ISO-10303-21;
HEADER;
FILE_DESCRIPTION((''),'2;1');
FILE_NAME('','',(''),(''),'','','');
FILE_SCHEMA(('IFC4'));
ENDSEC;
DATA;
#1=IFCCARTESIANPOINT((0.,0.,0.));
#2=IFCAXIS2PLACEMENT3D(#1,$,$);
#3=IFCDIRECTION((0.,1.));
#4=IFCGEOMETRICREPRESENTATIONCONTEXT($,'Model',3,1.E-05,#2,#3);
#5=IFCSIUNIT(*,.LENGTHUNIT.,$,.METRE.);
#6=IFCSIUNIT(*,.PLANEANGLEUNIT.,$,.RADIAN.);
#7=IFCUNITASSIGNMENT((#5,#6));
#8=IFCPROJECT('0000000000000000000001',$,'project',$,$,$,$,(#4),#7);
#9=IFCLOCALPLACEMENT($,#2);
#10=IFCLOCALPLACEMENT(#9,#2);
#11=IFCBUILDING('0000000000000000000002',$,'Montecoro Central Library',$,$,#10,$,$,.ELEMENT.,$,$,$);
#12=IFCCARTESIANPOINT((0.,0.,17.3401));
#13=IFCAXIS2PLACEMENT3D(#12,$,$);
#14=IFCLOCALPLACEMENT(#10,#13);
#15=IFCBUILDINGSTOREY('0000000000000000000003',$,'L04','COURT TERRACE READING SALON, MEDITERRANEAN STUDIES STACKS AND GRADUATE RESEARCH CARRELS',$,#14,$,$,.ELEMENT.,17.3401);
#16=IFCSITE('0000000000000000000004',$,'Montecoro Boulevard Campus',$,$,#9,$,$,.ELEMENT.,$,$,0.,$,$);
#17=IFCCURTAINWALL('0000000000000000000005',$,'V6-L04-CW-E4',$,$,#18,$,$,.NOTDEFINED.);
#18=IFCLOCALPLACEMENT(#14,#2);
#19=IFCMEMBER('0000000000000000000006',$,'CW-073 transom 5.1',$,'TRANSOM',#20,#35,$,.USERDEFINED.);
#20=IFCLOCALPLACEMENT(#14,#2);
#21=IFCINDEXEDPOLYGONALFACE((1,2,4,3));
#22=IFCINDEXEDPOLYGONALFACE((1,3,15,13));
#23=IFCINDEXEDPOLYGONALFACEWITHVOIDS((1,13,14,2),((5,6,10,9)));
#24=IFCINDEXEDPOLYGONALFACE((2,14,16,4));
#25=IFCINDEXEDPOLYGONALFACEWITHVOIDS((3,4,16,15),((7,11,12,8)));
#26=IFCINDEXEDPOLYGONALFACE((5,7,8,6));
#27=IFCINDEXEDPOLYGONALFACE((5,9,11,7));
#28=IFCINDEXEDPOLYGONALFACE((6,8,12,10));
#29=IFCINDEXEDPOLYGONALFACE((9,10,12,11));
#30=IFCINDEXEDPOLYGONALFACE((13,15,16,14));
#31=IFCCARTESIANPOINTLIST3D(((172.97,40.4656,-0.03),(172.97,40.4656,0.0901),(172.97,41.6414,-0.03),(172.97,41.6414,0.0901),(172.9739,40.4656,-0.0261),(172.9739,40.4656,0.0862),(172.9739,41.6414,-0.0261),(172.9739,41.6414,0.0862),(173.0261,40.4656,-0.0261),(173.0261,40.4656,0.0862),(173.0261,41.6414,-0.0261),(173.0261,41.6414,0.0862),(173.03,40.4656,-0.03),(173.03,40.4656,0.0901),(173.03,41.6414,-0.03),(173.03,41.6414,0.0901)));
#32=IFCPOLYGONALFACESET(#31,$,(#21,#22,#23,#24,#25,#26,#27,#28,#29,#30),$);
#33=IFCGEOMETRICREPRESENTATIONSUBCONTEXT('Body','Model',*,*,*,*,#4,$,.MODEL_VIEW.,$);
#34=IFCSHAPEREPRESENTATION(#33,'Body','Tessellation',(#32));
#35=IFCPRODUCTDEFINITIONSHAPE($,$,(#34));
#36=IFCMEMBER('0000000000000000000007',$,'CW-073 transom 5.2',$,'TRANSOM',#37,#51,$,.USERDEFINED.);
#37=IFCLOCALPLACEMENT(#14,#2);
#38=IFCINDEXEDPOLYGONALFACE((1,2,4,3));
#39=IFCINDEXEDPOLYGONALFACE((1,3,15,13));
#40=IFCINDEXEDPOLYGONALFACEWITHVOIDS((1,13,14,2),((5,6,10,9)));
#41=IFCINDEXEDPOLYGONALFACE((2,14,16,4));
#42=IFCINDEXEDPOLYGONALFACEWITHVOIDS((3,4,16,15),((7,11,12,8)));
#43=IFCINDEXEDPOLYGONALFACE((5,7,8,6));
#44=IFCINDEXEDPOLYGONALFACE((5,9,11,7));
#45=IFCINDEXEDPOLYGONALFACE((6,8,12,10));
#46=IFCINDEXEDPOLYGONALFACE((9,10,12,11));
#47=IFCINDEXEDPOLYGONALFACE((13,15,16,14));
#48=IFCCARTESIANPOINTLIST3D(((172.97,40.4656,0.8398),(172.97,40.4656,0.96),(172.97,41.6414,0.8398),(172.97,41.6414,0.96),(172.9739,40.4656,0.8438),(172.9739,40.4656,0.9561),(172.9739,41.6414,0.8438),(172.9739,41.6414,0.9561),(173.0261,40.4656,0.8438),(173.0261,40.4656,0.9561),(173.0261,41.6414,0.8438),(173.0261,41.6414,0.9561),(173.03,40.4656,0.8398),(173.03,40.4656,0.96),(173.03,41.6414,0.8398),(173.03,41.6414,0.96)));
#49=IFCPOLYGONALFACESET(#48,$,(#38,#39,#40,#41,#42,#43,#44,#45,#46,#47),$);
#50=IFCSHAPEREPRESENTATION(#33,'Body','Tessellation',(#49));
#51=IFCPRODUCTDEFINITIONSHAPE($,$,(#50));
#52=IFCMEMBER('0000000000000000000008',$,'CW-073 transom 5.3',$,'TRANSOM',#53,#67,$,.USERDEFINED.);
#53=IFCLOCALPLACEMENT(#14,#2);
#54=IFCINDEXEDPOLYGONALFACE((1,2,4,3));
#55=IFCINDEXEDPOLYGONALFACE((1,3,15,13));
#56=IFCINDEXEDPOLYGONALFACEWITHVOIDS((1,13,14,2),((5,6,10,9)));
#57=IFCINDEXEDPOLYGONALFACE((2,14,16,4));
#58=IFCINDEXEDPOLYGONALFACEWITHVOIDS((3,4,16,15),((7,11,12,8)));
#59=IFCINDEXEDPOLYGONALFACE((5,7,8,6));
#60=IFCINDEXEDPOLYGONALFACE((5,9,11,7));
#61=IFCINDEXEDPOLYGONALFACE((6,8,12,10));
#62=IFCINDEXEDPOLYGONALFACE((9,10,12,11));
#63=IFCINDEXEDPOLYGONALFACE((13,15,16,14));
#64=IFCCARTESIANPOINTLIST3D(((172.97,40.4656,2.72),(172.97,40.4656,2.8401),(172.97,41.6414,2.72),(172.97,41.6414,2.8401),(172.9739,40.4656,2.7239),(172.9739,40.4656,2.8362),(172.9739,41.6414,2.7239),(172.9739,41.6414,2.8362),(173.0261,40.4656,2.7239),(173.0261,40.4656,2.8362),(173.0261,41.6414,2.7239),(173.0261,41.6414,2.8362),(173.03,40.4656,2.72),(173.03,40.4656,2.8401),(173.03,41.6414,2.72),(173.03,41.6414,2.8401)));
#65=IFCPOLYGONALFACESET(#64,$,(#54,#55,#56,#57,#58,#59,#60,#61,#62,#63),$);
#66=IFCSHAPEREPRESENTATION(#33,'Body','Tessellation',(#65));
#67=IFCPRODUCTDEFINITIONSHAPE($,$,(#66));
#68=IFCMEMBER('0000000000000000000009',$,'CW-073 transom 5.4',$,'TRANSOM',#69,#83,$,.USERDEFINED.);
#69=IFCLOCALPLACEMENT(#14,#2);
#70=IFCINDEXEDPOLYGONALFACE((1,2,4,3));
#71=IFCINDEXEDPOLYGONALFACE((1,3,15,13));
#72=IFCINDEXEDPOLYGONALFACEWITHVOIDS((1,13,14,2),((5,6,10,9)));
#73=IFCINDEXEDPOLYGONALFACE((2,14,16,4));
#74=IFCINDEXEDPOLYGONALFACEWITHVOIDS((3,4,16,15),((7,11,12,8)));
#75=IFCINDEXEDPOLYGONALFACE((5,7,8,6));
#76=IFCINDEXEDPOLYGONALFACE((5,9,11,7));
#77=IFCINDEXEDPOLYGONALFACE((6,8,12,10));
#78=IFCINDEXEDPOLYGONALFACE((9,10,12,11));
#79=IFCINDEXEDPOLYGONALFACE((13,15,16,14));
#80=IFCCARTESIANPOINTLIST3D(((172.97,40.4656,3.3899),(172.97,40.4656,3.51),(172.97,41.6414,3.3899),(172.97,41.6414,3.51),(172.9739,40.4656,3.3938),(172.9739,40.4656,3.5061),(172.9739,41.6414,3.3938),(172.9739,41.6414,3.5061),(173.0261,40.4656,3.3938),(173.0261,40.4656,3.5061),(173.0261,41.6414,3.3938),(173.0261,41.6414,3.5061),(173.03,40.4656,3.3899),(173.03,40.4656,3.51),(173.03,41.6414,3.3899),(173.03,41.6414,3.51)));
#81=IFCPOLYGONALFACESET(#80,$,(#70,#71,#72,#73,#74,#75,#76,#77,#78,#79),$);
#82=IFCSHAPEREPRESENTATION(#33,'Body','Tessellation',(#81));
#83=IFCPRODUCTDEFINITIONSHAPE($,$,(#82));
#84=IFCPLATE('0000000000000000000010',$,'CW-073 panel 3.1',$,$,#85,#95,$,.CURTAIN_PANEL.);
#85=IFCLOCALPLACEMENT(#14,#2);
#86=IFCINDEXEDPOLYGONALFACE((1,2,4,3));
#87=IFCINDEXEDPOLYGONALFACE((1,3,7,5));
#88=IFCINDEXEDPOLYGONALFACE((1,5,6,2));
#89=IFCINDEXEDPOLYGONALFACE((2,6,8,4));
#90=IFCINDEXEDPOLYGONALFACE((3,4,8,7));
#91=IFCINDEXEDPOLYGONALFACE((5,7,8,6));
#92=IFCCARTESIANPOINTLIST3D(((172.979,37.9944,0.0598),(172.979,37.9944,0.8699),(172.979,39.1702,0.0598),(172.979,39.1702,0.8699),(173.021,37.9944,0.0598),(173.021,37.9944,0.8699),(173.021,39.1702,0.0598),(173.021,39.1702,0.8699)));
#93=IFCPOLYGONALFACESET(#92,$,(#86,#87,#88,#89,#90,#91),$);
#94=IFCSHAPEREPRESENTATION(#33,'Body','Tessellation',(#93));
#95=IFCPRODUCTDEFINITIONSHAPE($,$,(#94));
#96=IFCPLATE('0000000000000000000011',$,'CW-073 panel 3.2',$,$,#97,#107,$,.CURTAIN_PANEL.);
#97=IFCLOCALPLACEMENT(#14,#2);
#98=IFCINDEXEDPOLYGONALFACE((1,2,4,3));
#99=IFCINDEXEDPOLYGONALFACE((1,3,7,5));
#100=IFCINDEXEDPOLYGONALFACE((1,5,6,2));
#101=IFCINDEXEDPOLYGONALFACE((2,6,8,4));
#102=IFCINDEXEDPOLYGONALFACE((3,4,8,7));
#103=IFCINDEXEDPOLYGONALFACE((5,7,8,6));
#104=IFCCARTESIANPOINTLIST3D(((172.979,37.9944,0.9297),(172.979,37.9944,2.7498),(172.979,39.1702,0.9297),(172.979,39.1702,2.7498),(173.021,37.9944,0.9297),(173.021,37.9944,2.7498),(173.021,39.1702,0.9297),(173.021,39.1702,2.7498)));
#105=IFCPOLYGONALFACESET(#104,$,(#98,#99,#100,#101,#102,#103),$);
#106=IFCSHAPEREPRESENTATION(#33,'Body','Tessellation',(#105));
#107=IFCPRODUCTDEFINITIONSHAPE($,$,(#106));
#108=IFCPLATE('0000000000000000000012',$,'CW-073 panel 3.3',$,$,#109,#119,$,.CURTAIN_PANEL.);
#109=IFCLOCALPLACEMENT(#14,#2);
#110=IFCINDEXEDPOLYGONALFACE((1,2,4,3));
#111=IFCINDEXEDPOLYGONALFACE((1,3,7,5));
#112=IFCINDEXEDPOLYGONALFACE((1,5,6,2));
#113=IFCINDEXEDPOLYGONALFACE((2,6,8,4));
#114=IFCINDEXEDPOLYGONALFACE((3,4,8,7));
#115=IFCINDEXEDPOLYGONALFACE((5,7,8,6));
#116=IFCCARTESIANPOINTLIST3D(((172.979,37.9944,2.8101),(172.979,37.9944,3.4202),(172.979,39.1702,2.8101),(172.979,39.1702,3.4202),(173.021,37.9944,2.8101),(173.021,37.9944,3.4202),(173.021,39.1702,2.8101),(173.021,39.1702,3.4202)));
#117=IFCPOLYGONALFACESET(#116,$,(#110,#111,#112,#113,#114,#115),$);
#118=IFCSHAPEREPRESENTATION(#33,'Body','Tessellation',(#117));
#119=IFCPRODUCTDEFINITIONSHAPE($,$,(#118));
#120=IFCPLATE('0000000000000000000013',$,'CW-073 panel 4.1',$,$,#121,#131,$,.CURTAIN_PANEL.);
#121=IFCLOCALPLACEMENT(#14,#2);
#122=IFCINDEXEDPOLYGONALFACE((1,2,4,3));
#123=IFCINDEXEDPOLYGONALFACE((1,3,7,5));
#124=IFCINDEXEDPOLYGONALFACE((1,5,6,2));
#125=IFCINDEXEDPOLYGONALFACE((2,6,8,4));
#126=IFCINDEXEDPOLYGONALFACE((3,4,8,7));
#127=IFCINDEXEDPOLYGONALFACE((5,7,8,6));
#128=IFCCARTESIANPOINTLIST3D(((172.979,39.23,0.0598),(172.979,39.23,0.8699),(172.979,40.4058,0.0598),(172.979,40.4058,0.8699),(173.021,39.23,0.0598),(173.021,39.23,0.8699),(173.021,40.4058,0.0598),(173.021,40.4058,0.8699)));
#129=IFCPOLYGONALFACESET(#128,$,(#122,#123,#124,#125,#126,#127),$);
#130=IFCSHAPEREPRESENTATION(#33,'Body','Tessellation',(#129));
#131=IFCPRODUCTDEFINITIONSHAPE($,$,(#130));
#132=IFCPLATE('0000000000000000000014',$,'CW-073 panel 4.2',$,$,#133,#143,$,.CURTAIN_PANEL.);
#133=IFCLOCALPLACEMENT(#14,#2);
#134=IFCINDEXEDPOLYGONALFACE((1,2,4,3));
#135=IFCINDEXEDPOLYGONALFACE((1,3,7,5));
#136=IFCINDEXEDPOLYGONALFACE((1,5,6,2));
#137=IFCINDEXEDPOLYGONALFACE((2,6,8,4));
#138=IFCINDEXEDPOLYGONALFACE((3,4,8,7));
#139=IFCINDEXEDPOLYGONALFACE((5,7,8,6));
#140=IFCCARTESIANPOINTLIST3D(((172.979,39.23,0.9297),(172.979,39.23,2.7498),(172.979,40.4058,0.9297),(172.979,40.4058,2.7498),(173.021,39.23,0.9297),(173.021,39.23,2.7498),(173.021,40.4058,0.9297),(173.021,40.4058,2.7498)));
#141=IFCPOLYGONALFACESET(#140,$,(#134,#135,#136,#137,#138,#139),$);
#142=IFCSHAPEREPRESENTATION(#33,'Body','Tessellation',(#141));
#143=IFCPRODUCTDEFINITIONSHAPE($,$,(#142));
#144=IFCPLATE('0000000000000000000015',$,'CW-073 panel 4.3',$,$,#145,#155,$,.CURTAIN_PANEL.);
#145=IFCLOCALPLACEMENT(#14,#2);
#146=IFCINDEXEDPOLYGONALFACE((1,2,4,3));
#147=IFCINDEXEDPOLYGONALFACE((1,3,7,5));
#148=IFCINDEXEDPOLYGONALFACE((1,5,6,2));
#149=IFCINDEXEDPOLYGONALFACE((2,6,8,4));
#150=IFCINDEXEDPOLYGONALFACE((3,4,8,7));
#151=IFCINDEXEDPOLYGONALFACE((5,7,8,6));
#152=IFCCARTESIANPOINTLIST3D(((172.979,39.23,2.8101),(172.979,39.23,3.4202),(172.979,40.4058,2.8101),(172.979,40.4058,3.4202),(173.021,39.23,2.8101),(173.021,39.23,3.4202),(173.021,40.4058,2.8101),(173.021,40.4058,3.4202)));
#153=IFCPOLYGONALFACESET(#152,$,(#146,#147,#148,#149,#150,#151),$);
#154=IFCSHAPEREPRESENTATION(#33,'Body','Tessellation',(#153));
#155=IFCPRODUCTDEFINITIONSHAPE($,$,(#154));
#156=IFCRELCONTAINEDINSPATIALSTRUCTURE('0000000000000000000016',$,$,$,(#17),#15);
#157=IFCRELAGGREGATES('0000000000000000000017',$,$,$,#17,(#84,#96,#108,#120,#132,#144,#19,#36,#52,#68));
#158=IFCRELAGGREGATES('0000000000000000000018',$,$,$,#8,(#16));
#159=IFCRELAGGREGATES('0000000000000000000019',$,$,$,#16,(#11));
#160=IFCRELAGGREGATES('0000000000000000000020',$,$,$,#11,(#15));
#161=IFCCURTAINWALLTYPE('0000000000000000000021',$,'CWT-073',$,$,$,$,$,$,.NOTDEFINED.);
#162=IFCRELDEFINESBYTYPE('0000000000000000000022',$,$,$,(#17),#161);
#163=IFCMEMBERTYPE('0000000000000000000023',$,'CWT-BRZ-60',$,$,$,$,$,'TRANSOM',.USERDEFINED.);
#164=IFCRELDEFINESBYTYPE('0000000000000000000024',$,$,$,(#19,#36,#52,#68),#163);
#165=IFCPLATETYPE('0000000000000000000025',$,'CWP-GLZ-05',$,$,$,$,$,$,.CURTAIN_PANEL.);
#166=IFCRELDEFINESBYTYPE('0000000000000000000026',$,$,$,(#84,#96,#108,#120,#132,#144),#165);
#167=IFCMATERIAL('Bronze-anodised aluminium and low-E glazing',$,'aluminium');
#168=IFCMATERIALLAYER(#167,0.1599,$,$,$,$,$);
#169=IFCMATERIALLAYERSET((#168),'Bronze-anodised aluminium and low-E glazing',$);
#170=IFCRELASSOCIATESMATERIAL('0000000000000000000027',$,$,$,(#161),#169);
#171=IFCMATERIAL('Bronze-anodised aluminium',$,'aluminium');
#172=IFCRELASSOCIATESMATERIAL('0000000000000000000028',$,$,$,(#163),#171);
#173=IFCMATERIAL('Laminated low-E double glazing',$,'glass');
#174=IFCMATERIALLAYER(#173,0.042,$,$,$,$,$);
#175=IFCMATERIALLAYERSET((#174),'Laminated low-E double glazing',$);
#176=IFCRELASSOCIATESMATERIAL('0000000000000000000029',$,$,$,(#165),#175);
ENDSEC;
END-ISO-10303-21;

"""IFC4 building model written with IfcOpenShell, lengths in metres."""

from ifc_helpers import new_model, si_unit, direction, frame, origin, origin_2d, place, context, subcontext, project, spatial, rectangle, hollow_rectangle, extrude, material, layer, layer_set, material_profile, profile_set, type_object, element, aggregate, save


model = new_model("IFC4")

# Units and contexts
model_context = context("Model", 3, precision=1e-05, world=origin(), true_north=direction((0.0, 1.0)))
body_context = subcontext(model_context, "Body", "Model", "MODEL_VIEW")
ifc_project = project(units=[si_unit("LENGTHUNIT", "METRE"), si_unit("PLANEANGLEUNIT", "RADIAN")], contexts=[model_context])

# Site, building, storey
site_placement = place(None, origin())
site = spatial("IfcSite", under=ifc_project, at=site_placement, Name="Montecoro Boulevard Campus", CompositionType="ELEMENT", RefElevation=0.0)
building_placement = place(site_placement, origin())
building = spatial("IfcBuilding", under=site, at=building_placement, Name="Montecoro Central Library", CompositionType="ELEMENT")
storey_placement = place(building_placement, frame((0.0, 0.0, 17.3401)))
storey = spatial("IfcBuildingStorey", under=building, at=storey_placement, Name="L04", Description="COURT TERRACE READING SALON, MEDITERRANEAN STUDIES STACKS AND GRADUATE RESEARCH CARRELS", CompositionType="ELEMENT", Elevation=17.3401)

# Curtain wall, members, plates
ifc_material_1 = material(Name="Bronze-anodised aluminium and low-E glazing", Category="aluminium")
ifc_layer_1 = layer(ifc_material_1, 0.1599)
ifc_layer_set_1 = layer_set([ifc_layer_1], Name="Bronze-anodised aluminium and low-E glazing")
curtain_wall_type = type_object("IfcCurtainWallType", Name="CWT-073", PredefinedType="NOTDEFINED", material=ifc_layer_set_1)
curtain_wall_placement = place(storey_placement, origin())
curtain_wall = element("IfcCurtainWall", 1, at=curtain_wall_placement, inside=storey, type_object=curtain_wall_type, Name="V6-L04-CW-E4", PredefinedType="NOTDEFINED")
ifc_material_2 = material(Name="Bronze-anodised aluminium", Category="aluminium")
ifc_material_profile_1 = material_profile(ifc_material_2, hollow_rectangle(XDim=0.0601, YDim=0.1201, WallThickness=0.0039, at=origin_2d()), Name="CWT 120x60x4.0")
ifc_profile_set_1 = profile_set([ifc_material_profile_1], Name="Bronze-anodised aluminium")
member_type_1 = type_object("IfcMemberType", Name="CWT-BRZ-60", ElementType="TRANSOM", PredefinedType="USERDEFINED", material=ifc_profile_set_1)
member_1_placement = place(storey_placement, frame((173.0, 40.4656, 0.03), z_axis=(0.0, 1.0, 0.0), x_axis=(-1.0, 0.0, 0.0)))
member_1 = element("IfcMember", 2, at=member_1_placement, type_object=member_type_1, Name="CW-073 transom 5.1", ObjectType="TRANSOM", PredefinedType="USERDEFINED", context=body_context, shape_type="SweptSolid", body=[
    extrude(hollow_rectangle(XDim=0.0601, YDim=0.1201, WallThickness=0.0039, at=origin_2d()), origin(), (0.0, 0.0, 1.0), 1.1758),
])
member_2_placement = place(storey_placement, frame((173.0, 40.4656, 0.8999), z_axis=(0.0, 1.0, 0.0), x_axis=(-1.0, 0.0, 0.0)))
member_2 = element("IfcMember", 3, at=member_2_placement, type_object=member_type_1, Name="CW-073 transom 5.2", ObjectType="TRANSOM", PredefinedType="USERDEFINED", context=body_context, shape_type="SweptSolid", body=[
    extrude(hollow_rectangle(XDim=0.0601, YDim=0.1201, WallThickness=0.0039, at=origin_2d()), origin(), (0.0, 0.0, 1.0), 1.1758),
])
member_3_placement = place(storey_placement, frame((173.0, 40.4656, 2.78), z_axis=(0.0, 1.0, 0.0), x_axis=(-1.0, 0.0, 0.0)))
member_3 = element("IfcMember", 4, at=member_3_placement, type_object=member_type_1, Name="CW-073 transom 5.3", ObjectType="TRANSOM", PredefinedType="USERDEFINED", context=body_context, shape_type="SweptSolid", body=[
    extrude(hollow_rectangle(XDim=0.0601, YDim=0.1201, WallThickness=0.0039, at=origin_2d()), origin(), (0.0, 0.0, 1.0), 1.1758),
])
member_4_placement = place(storey_placement, frame((173.0, 40.4656, 3.45), z_axis=(0.0, 1.0, 0.0), x_axis=(-1.0, 0.0, 0.0)))
member_4 = element("IfcMember", 5, at=member_4_placement, type_object=member_type_1, Name="CW-073 transom 5.4", ObjectType="TRANSOM", PredefinedType="USERDEFINED", context=body_context, shape_type="SweptSolid", body=[
    extrude(hollow_rectangle(XDim=0.0601, YDim=0.1201, WallThickness=0.0039, at=origin_2d()), origin(), (0.0, 0.0, 1.0), 1.1758),
])
ifc_material_3 = material(Name="Laminated low-E double glazing", Category="glass")
ifc_layer_2 = layer(ifc_material_3, 0.042)
ifc_layer_set_2 = layer_set([ifc_layer_2], Name="Laminated low-E double glazing")
plate_type = type_object("IfcPlateType", Name="CWP-GLZ-05", PredefinedType="CURTAIN_PANEL", material=ifc_layer_set_2)
plate_1_placement = place(storey_placement, frame((173.0, 38.5823, 0.0598), z_axis=(0.0, 0.0, 1.0), x_axis=(0.0, 1.0, 0.0)))
plate_1 = element("IfcPlate", 6, at=plate_1_placement, type_object=plate_type, Name="CW-073 panel 3.1", PredefinedType="CURTAIN_PANEL", context=body_context, shape_type="SweptSolid", body=[
    extrude(rectangle(XDim=1.1758, YDim=0.042, at=origin_2d()), origin(), (0.0, 0.0, 1.0), 0.8101),
])
plate_2_placement = place(storey_placement, frame((173.0, 38.5823, 0.9297), z_axis=(0.0, 0.0, 1.0), x_axis=(0.0, 1.0, 0.0)))
plate_2 = element("IfcPlate", 7, at=plate_2_placement, type_object=plate_type, Name="CW-073 panel 3.2", PredefinedType="CURTAIN_PANEL", context=body_context, shape_type="SweptSolid", body=[
    extrude(rectangle(XDim=1.1758, YDim=0.042, at=origin_2d()), origin(), (0.0, 0.0, 1.0), 1.8201),
])
plate_3_placement = place(storey_placement, frame((173.0, 38.5823, 2.8101), z_axis=(0.0, 0.0, 1.0), x_axis=(0.0, 1.0, 0.0)))
plate_3 = element("IfcPlate", 8, at=plate_3_placement, type_object=plate_type, Name="CW-073 panel 3.3", PredefinedType="CURTAIN_PANEL", context=body_context, shape_type="SweptSolid", body=[
    extrude(rectangle(XDim=1.1758, YDim=0.042, at=origin_2d()), origin(), (0.0, 0.0, 1.0), 0.6101),
])
plate_4_placement = place(storey_placement, frame((173.0, 39.8179, 0.0598), z_axis=(0.0, 0.0, 1.0), x_axis=(0.0, 1.0, 0.0)))
plate_4 = element("IfcPlate", 9, at=plate_4_placement, type_object=plate_type, Name="CW-073 panel 4.1", PredefinedType="CURTAIN_PANEL", context=body_context, shape_type="SweptSolid", body=[
    extrude(rectangle(XDim=1.1758, YDim=0.042, at=origin_2d()), origin(), (0.0, 0.0, 1.0), 0.8101),
])
plate_5_placement = place(storey_placement, frame((173.0, 39.8179, 0.9297), z_axis=(0.0, 0.0, 1.0), x_axis=(0.0, 1.0, 0.0)))
plate_5 = element("IfcPlate", 10, at=plate_5_placement, type_object=plate_type, Name="CW-073 panel 4.2", PredefinedType="CURTAIN_PANEL", context=body_context, shape_type="SweptSolid", body=[
    extrude(rectangle(XDim=1.1758, YDim=0.042, at=origin_2d()), origin(), (0.0, 0.0, 1.0), 1.8201),
])
plate_6_placement = place(storey_placement, frame((173.0, 39.8179, 2.8101), z_axis=(0.0, 0.0, 1.0), x_axis=(0.0, 1.0, 0.0)))
plate_6 = element("IfcPlate", 11, at=plate_6_placement, type_object=plate_type, Name="CW-073 panel 4.3", PredefinedType="CURTAIN_PANEL", context=body_context, shape_type="SweptSolid", body=[
    extrude(rectangle(XDim=1.1758, YDim=0.042, at=origin_2d()), origin(), (0.0, 0.0, 1.0), 0.6101),
])
aggregate(curtain_wall, [plate_1, plate_2, plate_3, plate_4, plate_5, plate_6, member_1, member_2, member_3, member_4])

save(model, "model.ifc")
